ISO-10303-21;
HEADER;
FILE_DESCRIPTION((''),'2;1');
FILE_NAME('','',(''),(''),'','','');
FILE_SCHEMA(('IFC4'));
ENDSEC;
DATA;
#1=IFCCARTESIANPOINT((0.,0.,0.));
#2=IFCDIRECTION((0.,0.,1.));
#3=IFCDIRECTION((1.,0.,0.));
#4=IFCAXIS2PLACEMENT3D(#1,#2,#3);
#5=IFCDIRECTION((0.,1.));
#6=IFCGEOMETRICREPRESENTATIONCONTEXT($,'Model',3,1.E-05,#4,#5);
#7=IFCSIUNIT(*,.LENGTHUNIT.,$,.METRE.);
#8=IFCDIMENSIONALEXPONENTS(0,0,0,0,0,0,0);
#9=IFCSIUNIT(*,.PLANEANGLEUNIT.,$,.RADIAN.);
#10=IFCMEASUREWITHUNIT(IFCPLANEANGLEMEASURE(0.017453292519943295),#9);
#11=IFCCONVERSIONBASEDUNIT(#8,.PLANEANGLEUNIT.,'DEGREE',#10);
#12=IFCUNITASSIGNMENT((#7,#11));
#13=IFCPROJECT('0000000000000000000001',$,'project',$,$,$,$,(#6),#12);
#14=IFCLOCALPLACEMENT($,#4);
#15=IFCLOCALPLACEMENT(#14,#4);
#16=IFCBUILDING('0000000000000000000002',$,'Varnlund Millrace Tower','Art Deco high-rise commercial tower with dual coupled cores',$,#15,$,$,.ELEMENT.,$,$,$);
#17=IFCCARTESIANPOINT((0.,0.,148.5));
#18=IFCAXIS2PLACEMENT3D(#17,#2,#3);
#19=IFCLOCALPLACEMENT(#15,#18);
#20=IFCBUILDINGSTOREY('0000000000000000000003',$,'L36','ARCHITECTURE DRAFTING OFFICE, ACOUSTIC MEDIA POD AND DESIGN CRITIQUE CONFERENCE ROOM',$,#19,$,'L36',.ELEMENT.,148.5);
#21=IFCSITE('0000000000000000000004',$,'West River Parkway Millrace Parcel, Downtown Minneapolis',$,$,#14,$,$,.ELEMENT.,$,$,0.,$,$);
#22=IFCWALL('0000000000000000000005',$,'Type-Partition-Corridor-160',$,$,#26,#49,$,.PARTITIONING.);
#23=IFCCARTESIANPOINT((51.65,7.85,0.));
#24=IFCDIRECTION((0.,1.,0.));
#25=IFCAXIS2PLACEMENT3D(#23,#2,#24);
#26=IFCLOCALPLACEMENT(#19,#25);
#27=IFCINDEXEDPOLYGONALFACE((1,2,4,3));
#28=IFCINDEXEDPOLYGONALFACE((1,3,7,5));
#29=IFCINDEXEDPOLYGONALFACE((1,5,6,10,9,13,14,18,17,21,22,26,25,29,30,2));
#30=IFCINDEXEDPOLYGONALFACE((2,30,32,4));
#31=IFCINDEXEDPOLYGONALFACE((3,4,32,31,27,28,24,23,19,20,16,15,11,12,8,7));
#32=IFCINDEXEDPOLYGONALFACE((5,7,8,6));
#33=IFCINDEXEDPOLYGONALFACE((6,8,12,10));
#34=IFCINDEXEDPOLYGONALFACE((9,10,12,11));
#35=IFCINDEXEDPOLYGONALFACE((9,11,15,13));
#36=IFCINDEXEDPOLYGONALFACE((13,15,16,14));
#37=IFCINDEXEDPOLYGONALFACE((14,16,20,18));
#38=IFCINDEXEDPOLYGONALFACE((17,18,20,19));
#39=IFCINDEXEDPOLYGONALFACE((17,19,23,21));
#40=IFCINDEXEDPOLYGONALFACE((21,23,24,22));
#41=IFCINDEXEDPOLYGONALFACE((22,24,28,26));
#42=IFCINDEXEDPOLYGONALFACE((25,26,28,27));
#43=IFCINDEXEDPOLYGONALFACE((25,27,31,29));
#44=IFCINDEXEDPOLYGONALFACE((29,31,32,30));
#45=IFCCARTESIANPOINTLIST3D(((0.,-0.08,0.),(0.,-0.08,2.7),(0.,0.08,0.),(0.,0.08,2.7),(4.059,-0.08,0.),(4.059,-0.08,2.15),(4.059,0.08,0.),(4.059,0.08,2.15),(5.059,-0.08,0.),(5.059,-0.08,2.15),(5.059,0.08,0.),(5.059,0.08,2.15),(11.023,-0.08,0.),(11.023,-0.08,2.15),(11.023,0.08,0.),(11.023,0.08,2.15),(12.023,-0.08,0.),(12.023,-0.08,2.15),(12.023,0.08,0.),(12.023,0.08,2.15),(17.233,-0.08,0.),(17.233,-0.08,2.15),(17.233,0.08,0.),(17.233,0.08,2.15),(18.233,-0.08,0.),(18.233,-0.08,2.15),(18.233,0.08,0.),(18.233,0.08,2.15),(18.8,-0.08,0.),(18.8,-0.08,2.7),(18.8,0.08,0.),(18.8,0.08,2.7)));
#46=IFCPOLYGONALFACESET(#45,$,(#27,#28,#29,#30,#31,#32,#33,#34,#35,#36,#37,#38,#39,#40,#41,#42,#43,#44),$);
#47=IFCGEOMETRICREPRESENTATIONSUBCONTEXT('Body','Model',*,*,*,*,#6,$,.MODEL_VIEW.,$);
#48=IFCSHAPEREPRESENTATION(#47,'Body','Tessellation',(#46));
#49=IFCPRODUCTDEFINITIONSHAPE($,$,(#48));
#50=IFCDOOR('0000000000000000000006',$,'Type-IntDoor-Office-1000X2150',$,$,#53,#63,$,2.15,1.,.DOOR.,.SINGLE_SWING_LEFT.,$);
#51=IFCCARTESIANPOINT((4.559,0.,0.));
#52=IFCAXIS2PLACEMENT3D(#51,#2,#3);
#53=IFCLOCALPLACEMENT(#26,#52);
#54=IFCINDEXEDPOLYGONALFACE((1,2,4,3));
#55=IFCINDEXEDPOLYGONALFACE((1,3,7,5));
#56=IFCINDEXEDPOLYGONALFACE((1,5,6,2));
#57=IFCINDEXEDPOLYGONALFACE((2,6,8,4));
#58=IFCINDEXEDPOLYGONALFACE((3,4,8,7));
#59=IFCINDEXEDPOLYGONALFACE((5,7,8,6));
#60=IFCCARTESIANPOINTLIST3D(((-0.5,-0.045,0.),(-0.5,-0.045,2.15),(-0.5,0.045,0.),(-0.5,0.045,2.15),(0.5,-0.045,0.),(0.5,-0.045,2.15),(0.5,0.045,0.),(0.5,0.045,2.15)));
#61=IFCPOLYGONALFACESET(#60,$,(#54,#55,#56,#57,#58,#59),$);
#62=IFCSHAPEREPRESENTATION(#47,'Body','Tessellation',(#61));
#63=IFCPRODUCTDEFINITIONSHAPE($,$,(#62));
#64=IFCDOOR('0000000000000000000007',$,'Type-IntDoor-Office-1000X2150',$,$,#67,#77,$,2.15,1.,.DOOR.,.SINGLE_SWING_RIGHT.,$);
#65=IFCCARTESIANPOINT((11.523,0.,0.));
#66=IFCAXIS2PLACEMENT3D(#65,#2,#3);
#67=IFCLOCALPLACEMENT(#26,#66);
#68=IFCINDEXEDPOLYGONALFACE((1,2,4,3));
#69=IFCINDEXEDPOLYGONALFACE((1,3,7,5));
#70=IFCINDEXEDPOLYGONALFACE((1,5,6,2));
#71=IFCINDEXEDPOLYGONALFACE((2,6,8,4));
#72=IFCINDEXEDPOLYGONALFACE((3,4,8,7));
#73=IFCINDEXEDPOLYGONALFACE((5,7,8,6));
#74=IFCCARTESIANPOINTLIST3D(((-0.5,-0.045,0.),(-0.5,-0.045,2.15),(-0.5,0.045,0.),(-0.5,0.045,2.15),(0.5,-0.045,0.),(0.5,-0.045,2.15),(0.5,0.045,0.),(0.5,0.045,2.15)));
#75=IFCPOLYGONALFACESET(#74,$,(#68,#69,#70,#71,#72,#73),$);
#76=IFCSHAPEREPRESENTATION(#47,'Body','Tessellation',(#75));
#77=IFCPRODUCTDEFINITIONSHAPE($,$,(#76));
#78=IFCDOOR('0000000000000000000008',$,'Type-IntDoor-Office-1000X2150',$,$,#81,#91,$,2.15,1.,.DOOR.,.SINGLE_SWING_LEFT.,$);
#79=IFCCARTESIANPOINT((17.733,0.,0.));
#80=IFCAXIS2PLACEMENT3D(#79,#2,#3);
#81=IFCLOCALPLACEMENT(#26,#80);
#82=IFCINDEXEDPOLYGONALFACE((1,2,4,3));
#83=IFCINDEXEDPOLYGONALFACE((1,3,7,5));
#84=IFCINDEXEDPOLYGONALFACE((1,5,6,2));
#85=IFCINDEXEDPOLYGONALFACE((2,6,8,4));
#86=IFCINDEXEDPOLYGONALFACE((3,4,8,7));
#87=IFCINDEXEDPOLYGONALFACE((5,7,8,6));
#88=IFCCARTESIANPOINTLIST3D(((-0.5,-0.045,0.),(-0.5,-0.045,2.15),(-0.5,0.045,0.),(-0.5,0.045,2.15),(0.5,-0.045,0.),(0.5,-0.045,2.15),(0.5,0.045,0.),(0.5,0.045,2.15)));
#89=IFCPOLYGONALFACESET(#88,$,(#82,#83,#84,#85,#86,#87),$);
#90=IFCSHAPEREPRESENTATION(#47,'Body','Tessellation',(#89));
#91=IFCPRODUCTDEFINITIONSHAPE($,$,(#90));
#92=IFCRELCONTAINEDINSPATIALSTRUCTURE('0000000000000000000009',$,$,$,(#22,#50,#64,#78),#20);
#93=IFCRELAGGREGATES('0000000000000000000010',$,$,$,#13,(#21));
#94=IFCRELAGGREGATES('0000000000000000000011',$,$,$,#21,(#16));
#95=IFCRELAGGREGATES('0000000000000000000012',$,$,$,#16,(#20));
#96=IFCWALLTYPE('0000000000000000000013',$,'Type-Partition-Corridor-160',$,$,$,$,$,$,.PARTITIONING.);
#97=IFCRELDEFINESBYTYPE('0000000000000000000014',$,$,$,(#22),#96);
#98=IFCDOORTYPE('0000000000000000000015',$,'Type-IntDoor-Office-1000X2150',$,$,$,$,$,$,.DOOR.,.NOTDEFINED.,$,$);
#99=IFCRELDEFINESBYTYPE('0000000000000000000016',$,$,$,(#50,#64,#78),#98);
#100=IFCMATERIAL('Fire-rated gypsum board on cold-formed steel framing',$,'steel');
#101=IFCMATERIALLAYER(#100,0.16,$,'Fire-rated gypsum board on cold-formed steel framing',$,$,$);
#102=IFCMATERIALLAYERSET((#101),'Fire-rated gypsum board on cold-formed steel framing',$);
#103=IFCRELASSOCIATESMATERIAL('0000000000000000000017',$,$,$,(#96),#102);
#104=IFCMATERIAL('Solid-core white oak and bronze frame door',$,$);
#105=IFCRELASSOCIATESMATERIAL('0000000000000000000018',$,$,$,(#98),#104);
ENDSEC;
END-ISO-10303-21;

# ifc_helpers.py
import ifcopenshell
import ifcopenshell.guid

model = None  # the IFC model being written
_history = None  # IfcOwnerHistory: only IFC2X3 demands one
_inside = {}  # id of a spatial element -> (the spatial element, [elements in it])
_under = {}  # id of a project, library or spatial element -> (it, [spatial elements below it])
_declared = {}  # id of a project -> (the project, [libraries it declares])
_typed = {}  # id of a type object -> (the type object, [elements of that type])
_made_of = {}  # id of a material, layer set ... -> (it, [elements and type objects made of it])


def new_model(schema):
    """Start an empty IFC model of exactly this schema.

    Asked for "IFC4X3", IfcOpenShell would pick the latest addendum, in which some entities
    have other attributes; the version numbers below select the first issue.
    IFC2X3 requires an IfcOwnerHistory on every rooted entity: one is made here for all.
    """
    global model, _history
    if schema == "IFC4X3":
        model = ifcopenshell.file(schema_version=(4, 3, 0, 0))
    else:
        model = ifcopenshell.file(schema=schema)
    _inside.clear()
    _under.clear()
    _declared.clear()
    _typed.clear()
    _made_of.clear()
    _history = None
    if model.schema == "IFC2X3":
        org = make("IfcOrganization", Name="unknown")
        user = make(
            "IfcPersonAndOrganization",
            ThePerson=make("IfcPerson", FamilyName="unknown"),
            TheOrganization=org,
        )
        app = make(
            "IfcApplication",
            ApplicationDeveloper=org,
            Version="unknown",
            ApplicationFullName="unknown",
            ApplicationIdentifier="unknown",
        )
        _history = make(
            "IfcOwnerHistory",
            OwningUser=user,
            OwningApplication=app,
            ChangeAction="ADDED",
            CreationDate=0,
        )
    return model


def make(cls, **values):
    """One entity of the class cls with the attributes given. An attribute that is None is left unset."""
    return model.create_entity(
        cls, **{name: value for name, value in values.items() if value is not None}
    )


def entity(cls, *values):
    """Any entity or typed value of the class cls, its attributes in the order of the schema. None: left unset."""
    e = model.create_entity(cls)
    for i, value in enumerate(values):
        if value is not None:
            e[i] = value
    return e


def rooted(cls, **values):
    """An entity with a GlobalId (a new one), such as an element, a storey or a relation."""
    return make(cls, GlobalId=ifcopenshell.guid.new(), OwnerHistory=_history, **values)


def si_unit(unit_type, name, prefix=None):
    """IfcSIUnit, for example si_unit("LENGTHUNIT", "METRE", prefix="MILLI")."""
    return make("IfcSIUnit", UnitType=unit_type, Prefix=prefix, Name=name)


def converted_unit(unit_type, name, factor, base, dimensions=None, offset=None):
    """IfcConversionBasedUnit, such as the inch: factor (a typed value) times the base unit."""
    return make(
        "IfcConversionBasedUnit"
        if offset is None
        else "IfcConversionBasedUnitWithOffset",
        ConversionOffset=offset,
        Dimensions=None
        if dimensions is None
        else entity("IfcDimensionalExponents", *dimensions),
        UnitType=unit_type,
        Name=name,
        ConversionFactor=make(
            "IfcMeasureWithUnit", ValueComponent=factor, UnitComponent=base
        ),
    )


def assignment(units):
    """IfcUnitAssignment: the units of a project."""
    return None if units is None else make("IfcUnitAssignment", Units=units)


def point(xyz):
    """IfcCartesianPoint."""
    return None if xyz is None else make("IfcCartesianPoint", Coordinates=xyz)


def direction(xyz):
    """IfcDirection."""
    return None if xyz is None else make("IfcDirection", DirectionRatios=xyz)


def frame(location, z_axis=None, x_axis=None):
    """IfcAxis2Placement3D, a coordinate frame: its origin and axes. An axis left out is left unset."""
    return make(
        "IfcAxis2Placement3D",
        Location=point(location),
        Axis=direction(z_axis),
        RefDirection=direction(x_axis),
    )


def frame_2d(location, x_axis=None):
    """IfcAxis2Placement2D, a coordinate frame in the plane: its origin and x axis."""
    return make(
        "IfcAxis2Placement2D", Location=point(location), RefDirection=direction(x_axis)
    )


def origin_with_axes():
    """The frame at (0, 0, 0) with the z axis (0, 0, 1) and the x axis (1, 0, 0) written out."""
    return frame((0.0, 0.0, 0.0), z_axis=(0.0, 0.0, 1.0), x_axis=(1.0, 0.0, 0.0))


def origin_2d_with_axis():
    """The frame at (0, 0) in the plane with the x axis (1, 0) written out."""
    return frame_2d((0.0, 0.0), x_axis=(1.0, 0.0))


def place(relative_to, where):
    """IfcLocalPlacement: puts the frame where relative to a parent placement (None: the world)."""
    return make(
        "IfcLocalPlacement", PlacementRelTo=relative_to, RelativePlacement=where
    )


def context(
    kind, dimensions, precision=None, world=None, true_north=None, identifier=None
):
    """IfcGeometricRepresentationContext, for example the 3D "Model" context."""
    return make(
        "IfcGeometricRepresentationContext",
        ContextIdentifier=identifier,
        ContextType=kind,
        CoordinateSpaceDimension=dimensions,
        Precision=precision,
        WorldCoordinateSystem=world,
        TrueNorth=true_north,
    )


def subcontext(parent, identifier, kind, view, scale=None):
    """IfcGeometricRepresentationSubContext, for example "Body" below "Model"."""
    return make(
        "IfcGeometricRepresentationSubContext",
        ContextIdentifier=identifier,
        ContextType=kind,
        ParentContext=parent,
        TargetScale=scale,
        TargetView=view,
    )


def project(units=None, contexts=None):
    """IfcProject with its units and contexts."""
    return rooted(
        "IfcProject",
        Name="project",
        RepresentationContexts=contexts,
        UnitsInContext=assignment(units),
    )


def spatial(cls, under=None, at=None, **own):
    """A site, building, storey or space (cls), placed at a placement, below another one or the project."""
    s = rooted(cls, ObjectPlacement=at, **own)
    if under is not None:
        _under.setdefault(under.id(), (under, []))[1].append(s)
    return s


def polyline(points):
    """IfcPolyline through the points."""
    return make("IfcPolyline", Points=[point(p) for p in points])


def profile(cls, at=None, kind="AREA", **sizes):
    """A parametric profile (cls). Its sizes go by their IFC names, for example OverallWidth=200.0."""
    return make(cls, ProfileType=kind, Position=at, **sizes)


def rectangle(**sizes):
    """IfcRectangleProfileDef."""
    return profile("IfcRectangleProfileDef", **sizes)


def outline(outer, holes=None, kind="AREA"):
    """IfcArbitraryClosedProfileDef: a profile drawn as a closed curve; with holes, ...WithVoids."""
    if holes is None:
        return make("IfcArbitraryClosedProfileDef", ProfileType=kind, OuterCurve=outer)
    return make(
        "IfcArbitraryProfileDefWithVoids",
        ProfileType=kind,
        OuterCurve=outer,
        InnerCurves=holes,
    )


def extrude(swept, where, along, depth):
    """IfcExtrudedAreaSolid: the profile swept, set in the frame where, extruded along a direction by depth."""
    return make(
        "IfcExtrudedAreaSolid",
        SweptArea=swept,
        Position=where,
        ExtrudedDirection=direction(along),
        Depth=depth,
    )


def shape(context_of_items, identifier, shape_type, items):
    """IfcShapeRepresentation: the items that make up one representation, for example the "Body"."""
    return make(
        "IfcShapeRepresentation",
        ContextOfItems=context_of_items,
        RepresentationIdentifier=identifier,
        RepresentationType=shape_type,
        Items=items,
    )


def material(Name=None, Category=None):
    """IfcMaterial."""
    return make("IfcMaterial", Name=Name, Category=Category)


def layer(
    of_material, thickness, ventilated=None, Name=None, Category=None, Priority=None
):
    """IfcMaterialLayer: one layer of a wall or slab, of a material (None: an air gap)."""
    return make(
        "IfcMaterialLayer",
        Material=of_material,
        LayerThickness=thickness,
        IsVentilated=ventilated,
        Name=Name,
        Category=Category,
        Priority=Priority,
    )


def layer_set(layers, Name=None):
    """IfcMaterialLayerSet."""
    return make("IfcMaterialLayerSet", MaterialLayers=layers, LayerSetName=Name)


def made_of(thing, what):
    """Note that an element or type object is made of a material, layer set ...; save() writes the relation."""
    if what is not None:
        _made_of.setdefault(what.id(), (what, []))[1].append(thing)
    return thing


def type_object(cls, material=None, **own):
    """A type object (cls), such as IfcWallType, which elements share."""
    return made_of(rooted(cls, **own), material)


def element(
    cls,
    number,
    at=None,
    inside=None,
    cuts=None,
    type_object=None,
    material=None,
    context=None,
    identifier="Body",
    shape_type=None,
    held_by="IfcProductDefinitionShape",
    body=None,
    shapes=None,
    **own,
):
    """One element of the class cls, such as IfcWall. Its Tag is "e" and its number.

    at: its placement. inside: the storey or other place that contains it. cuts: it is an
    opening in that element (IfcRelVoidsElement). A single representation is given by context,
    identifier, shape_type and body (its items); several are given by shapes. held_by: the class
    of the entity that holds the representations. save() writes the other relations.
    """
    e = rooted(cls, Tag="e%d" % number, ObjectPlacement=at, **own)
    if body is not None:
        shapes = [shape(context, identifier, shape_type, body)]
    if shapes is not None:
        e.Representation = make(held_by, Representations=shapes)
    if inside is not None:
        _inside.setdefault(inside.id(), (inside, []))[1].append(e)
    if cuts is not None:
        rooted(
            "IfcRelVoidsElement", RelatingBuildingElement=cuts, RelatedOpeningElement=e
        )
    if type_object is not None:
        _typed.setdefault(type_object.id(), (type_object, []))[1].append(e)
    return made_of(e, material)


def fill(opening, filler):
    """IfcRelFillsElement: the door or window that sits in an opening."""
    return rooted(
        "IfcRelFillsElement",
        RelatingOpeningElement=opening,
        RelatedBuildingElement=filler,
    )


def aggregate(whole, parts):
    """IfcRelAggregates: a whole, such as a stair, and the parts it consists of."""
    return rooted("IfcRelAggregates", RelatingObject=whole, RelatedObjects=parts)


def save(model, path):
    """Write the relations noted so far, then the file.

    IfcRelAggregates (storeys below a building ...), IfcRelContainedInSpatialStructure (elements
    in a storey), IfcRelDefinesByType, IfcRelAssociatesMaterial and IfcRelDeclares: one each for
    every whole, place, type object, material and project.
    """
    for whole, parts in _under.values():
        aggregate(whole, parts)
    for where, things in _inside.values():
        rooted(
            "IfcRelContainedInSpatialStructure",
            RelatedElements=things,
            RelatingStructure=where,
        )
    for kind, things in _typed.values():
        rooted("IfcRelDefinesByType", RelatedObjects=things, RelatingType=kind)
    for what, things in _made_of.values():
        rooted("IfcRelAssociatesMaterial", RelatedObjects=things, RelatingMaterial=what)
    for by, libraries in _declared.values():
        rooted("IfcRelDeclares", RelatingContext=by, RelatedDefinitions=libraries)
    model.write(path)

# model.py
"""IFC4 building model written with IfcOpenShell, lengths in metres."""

from ifc_helpers import new_model, entity, si_unit, converted_unit, direction, frame, origin_with_axes, origin_2d_with_axis, place, context, subcontext, project, spatial, polyline, rectangle, outline, extrude, material, layer, layer_set, type_object, element, fill, save


model = new_model("IFC4")

# Units and contexts
model_context = context("Model", 3, precision=1e-05, world=origin_with_axes(), true_north=direction((0.0, 1.0)))
body_context = subcontext(model_context, "Body", "Model", "MODEL_VIEW")
ifc_project = project(units=[si_unit("LENGTHUNIT", "METRE"), converted_unit("PLANEANGLEUNIT", "DEGREE", entity("IfcPlaneAngleMeasure", 0.017453292519943295), si_unit("PLANEANGLEUNIT", "RADIAN"), dimensions=[0, 0, 0, 0, 0, 0, 0])], contexts=[model_context])

# Site, building, storey
site_placement = place(None, origin_with_axes())
site = spatial("IfcSite", under=ifc_project, at=site_placement, Name="West River Parkway Millrace Parcel, Downtown Minneapolis", CompositionType="ELEMENT", RefElevation=0.0)
building_placement = place(site_placement, origin_with_axes())
building = spatial("IfcBuilding", under=site, at=building_placement, Name="Varnlund Millrace Tower", Description="Art Deco high-rise commercial tower with dual coupled cores", CompositionType="ELEMENT")
storey_placement = place(building_placement, frame((0.0, 0.0, 148.5), z_axis=(0.0, 0.0, 1.0), x_axis=(1.0, 0.0, 0.0)))
storey = spatial("IfcBuildingStorey", under=building, at=storey_placement, Name="L36", Description="ARCHITECTURE DRAFTING OFFICE, ACOUSTIC MEDIA POD AND DESIGN CRITIQUE CONFERENCE ROOM", LongName="L36", CompositionType="ELEMENT", Elevation=148.5)

# Wall, openings, doors
ifc_material_1 = material(Name="Fire-rated gypsum board on cold-formed steel framing", Category="steel")
ifc_layer_1 = layer(ifc_material_1, 0.16, Name="Fire-rated gypsum board on cold-formed steel framing")
ifc_layer_set_1 = layer_set([ifc_layer_1], Name="Fire-rated gypsum board on cold-formed steel framing")
wall_type_1 = type_object("IfcWallType", Name="Type-Partition-Corridor-160", PredefinedType="PARTITIONING", material=ifc_layer_set_1)
wall_1_placement = place(storey_placement, frame((51.65, 7.85, 0.0), z_axis=(0.0, 0.0, 1.0), x_axis=(0.0, 1.0, 0.0)))
wall_1 = element("IfcWall", 1, at=wall_1_placement, inside=storey, type_object=wall_type_1, Name="Type-Partition-Corridor-160", PredefinedType="PARTITIONING", context=body_context, shape_type="SweptSolid", body=[
    extrude(outline(polyline([(0.0, -0.08), (18.8, -0.08), (18.8, 0.08), (0.0, 0.08), (0.0, -0.08)])), origin_with_axes(), (0.0, 0.0, 1.0), 2.7),
])
opening_1_placement = place(wall_1_placement, frame((4.559, 0.0, 0.0), z_axis=(0.0, 0.0, 1.0), x_axis=(1.0, 0.0, 0.0)))
opening_1 = element("IfcOpeningElement", 2, at=opening_1_placement, cuts=wall_1, PredefinedType="OPENING", context=body_context, shape_type="SweptSolid", body=[
    extrude(rectangle(XDim=1.0, YDim=0.18, at=origin_2d_with_axis()), origin_with_axes(), (0.0, 0.0, 1.0), 2.15),
])
opening_2_placement = place(wall_1_placement, frame((11.523, 0.0, 0.0), z_axis=(0.0, 0.0, 1.0), x_axis=(1.0, 0.0, 0.0)))
opening_2 = element("IfcOpeningElement", 3, at=opening_2_placement, cuts=wall_1, PredefinedType="OPENING", context=body_context, shape_type="SweptSolid", body=[
    extrude(rectangle(XDim=1.0, YDim=0.18, at=origin_2d_with_axis()), origin_with_axes(), (0.0, 0.0, 1.0), 2.15),
])
opening_3_placement = place(wall_1_placement, frame((17.733, 0.0, 0.0), z_axis=(0.0, 0.0, 1.0), x_axis=(1.0, 0.0, 0.0)))
opening_3 = element("IfcOpeningElement", 4, at=opening_3_placement, cuts=wall_1, PredefinedType="OPENING", context=body_context, shape_type="SweptSolid", body=[
    extrude(rectangle(XDim=1.0, YDim=0.18, at=origin_2d_with_axis()), origin_with_axes(), (0.0, 0.0, 1.0), 2.15),
])
ifc_material_2 = material(Name="Solid-core white oak and bronze frame door")
door_type = type_object("IfcDoorType", Name="Type-IntDoor-Office-1000X2150", OperationType="NOTDEFINED", PredefinedType="DOOR", material=ifc_material_2)
door_1_placement = place(wall_1_placement, frame((4.559, 0.0, 0.0), z_axis=(0.0, 0.0, 1.0), x_axis=(1.0, 0.0, 0.0)))
door_1 = element("IfcDoor", 5, at=door_1_placement, inside=storey, type_object=door_type, Name="Type-IntDoor-Office-1000X2150", OperationType="SINGLE_SWING_LEFT", OverallHeight=2.15, OverallWidth=1.0, PredefinedType="DOOR", context=body_context, shape_type="SweptSolid", body=[
    extrude(rectangle(XDim=1.0, YDim=0.09, at=origin_2d_with_axis()), origin_with_axes(), (0.0, 0.0, 1.0), 2.15),
])
fill(opening_1, door_1)
door_2_placement = place(wall_1_placement, frame((11.523, 0.0, 0.0), z_axis=(0.0, 0.0, 1.0), x_axis=(1.0, 0.0, 0.0)))
door_2 = element("IfcDoor", 6, at=door_2_placement, inside=storey, type_object=door_type, Name="Type-IntDoor-Office-1000X2150", OperationType="SINGLE_SWING_RIGHT", OverallHeight=2.15, OverallWidth=1.0, PredefinedType="DOOR", context=body_context, shape_type="SweptSolid", body=[
    extrude(rectangle(XDim=1.0, YDim=0.09, at=origin_2d_with_axis()), origin_with_axes(), (0.0, 0.0, 1.0), 2.15),
])
fill(opening_2, door_2)
door_3_placement = place(wall_1_placement, frame((17.733, 0.0, 0.0), z_axis=(0.0, 0.0, 1.0), x_axis=(1.0, 0.0, 0.0)))
door_3 = element("IfcDoor", 7, at=door_3_placement, inside=storey, type_object=door_type, Name="Type-IntDoor-Office-1000X2150", OperationType="SINGLE_SWING_LEFT", OverallHeight=2.15, OverallWidth=1.0, PredefinedType="DOOR", context=body_context, shape_type="SweptSolid", body=[
    extrude(rectangle(XDim=1.0, YDim=0.09, at=origin_2d_with_axis()), origin_with_axes(), (0.0, 0.0, 1.0), 2.15),
])
fill(opening_3, door_3)

save(model, "model.ifc")
